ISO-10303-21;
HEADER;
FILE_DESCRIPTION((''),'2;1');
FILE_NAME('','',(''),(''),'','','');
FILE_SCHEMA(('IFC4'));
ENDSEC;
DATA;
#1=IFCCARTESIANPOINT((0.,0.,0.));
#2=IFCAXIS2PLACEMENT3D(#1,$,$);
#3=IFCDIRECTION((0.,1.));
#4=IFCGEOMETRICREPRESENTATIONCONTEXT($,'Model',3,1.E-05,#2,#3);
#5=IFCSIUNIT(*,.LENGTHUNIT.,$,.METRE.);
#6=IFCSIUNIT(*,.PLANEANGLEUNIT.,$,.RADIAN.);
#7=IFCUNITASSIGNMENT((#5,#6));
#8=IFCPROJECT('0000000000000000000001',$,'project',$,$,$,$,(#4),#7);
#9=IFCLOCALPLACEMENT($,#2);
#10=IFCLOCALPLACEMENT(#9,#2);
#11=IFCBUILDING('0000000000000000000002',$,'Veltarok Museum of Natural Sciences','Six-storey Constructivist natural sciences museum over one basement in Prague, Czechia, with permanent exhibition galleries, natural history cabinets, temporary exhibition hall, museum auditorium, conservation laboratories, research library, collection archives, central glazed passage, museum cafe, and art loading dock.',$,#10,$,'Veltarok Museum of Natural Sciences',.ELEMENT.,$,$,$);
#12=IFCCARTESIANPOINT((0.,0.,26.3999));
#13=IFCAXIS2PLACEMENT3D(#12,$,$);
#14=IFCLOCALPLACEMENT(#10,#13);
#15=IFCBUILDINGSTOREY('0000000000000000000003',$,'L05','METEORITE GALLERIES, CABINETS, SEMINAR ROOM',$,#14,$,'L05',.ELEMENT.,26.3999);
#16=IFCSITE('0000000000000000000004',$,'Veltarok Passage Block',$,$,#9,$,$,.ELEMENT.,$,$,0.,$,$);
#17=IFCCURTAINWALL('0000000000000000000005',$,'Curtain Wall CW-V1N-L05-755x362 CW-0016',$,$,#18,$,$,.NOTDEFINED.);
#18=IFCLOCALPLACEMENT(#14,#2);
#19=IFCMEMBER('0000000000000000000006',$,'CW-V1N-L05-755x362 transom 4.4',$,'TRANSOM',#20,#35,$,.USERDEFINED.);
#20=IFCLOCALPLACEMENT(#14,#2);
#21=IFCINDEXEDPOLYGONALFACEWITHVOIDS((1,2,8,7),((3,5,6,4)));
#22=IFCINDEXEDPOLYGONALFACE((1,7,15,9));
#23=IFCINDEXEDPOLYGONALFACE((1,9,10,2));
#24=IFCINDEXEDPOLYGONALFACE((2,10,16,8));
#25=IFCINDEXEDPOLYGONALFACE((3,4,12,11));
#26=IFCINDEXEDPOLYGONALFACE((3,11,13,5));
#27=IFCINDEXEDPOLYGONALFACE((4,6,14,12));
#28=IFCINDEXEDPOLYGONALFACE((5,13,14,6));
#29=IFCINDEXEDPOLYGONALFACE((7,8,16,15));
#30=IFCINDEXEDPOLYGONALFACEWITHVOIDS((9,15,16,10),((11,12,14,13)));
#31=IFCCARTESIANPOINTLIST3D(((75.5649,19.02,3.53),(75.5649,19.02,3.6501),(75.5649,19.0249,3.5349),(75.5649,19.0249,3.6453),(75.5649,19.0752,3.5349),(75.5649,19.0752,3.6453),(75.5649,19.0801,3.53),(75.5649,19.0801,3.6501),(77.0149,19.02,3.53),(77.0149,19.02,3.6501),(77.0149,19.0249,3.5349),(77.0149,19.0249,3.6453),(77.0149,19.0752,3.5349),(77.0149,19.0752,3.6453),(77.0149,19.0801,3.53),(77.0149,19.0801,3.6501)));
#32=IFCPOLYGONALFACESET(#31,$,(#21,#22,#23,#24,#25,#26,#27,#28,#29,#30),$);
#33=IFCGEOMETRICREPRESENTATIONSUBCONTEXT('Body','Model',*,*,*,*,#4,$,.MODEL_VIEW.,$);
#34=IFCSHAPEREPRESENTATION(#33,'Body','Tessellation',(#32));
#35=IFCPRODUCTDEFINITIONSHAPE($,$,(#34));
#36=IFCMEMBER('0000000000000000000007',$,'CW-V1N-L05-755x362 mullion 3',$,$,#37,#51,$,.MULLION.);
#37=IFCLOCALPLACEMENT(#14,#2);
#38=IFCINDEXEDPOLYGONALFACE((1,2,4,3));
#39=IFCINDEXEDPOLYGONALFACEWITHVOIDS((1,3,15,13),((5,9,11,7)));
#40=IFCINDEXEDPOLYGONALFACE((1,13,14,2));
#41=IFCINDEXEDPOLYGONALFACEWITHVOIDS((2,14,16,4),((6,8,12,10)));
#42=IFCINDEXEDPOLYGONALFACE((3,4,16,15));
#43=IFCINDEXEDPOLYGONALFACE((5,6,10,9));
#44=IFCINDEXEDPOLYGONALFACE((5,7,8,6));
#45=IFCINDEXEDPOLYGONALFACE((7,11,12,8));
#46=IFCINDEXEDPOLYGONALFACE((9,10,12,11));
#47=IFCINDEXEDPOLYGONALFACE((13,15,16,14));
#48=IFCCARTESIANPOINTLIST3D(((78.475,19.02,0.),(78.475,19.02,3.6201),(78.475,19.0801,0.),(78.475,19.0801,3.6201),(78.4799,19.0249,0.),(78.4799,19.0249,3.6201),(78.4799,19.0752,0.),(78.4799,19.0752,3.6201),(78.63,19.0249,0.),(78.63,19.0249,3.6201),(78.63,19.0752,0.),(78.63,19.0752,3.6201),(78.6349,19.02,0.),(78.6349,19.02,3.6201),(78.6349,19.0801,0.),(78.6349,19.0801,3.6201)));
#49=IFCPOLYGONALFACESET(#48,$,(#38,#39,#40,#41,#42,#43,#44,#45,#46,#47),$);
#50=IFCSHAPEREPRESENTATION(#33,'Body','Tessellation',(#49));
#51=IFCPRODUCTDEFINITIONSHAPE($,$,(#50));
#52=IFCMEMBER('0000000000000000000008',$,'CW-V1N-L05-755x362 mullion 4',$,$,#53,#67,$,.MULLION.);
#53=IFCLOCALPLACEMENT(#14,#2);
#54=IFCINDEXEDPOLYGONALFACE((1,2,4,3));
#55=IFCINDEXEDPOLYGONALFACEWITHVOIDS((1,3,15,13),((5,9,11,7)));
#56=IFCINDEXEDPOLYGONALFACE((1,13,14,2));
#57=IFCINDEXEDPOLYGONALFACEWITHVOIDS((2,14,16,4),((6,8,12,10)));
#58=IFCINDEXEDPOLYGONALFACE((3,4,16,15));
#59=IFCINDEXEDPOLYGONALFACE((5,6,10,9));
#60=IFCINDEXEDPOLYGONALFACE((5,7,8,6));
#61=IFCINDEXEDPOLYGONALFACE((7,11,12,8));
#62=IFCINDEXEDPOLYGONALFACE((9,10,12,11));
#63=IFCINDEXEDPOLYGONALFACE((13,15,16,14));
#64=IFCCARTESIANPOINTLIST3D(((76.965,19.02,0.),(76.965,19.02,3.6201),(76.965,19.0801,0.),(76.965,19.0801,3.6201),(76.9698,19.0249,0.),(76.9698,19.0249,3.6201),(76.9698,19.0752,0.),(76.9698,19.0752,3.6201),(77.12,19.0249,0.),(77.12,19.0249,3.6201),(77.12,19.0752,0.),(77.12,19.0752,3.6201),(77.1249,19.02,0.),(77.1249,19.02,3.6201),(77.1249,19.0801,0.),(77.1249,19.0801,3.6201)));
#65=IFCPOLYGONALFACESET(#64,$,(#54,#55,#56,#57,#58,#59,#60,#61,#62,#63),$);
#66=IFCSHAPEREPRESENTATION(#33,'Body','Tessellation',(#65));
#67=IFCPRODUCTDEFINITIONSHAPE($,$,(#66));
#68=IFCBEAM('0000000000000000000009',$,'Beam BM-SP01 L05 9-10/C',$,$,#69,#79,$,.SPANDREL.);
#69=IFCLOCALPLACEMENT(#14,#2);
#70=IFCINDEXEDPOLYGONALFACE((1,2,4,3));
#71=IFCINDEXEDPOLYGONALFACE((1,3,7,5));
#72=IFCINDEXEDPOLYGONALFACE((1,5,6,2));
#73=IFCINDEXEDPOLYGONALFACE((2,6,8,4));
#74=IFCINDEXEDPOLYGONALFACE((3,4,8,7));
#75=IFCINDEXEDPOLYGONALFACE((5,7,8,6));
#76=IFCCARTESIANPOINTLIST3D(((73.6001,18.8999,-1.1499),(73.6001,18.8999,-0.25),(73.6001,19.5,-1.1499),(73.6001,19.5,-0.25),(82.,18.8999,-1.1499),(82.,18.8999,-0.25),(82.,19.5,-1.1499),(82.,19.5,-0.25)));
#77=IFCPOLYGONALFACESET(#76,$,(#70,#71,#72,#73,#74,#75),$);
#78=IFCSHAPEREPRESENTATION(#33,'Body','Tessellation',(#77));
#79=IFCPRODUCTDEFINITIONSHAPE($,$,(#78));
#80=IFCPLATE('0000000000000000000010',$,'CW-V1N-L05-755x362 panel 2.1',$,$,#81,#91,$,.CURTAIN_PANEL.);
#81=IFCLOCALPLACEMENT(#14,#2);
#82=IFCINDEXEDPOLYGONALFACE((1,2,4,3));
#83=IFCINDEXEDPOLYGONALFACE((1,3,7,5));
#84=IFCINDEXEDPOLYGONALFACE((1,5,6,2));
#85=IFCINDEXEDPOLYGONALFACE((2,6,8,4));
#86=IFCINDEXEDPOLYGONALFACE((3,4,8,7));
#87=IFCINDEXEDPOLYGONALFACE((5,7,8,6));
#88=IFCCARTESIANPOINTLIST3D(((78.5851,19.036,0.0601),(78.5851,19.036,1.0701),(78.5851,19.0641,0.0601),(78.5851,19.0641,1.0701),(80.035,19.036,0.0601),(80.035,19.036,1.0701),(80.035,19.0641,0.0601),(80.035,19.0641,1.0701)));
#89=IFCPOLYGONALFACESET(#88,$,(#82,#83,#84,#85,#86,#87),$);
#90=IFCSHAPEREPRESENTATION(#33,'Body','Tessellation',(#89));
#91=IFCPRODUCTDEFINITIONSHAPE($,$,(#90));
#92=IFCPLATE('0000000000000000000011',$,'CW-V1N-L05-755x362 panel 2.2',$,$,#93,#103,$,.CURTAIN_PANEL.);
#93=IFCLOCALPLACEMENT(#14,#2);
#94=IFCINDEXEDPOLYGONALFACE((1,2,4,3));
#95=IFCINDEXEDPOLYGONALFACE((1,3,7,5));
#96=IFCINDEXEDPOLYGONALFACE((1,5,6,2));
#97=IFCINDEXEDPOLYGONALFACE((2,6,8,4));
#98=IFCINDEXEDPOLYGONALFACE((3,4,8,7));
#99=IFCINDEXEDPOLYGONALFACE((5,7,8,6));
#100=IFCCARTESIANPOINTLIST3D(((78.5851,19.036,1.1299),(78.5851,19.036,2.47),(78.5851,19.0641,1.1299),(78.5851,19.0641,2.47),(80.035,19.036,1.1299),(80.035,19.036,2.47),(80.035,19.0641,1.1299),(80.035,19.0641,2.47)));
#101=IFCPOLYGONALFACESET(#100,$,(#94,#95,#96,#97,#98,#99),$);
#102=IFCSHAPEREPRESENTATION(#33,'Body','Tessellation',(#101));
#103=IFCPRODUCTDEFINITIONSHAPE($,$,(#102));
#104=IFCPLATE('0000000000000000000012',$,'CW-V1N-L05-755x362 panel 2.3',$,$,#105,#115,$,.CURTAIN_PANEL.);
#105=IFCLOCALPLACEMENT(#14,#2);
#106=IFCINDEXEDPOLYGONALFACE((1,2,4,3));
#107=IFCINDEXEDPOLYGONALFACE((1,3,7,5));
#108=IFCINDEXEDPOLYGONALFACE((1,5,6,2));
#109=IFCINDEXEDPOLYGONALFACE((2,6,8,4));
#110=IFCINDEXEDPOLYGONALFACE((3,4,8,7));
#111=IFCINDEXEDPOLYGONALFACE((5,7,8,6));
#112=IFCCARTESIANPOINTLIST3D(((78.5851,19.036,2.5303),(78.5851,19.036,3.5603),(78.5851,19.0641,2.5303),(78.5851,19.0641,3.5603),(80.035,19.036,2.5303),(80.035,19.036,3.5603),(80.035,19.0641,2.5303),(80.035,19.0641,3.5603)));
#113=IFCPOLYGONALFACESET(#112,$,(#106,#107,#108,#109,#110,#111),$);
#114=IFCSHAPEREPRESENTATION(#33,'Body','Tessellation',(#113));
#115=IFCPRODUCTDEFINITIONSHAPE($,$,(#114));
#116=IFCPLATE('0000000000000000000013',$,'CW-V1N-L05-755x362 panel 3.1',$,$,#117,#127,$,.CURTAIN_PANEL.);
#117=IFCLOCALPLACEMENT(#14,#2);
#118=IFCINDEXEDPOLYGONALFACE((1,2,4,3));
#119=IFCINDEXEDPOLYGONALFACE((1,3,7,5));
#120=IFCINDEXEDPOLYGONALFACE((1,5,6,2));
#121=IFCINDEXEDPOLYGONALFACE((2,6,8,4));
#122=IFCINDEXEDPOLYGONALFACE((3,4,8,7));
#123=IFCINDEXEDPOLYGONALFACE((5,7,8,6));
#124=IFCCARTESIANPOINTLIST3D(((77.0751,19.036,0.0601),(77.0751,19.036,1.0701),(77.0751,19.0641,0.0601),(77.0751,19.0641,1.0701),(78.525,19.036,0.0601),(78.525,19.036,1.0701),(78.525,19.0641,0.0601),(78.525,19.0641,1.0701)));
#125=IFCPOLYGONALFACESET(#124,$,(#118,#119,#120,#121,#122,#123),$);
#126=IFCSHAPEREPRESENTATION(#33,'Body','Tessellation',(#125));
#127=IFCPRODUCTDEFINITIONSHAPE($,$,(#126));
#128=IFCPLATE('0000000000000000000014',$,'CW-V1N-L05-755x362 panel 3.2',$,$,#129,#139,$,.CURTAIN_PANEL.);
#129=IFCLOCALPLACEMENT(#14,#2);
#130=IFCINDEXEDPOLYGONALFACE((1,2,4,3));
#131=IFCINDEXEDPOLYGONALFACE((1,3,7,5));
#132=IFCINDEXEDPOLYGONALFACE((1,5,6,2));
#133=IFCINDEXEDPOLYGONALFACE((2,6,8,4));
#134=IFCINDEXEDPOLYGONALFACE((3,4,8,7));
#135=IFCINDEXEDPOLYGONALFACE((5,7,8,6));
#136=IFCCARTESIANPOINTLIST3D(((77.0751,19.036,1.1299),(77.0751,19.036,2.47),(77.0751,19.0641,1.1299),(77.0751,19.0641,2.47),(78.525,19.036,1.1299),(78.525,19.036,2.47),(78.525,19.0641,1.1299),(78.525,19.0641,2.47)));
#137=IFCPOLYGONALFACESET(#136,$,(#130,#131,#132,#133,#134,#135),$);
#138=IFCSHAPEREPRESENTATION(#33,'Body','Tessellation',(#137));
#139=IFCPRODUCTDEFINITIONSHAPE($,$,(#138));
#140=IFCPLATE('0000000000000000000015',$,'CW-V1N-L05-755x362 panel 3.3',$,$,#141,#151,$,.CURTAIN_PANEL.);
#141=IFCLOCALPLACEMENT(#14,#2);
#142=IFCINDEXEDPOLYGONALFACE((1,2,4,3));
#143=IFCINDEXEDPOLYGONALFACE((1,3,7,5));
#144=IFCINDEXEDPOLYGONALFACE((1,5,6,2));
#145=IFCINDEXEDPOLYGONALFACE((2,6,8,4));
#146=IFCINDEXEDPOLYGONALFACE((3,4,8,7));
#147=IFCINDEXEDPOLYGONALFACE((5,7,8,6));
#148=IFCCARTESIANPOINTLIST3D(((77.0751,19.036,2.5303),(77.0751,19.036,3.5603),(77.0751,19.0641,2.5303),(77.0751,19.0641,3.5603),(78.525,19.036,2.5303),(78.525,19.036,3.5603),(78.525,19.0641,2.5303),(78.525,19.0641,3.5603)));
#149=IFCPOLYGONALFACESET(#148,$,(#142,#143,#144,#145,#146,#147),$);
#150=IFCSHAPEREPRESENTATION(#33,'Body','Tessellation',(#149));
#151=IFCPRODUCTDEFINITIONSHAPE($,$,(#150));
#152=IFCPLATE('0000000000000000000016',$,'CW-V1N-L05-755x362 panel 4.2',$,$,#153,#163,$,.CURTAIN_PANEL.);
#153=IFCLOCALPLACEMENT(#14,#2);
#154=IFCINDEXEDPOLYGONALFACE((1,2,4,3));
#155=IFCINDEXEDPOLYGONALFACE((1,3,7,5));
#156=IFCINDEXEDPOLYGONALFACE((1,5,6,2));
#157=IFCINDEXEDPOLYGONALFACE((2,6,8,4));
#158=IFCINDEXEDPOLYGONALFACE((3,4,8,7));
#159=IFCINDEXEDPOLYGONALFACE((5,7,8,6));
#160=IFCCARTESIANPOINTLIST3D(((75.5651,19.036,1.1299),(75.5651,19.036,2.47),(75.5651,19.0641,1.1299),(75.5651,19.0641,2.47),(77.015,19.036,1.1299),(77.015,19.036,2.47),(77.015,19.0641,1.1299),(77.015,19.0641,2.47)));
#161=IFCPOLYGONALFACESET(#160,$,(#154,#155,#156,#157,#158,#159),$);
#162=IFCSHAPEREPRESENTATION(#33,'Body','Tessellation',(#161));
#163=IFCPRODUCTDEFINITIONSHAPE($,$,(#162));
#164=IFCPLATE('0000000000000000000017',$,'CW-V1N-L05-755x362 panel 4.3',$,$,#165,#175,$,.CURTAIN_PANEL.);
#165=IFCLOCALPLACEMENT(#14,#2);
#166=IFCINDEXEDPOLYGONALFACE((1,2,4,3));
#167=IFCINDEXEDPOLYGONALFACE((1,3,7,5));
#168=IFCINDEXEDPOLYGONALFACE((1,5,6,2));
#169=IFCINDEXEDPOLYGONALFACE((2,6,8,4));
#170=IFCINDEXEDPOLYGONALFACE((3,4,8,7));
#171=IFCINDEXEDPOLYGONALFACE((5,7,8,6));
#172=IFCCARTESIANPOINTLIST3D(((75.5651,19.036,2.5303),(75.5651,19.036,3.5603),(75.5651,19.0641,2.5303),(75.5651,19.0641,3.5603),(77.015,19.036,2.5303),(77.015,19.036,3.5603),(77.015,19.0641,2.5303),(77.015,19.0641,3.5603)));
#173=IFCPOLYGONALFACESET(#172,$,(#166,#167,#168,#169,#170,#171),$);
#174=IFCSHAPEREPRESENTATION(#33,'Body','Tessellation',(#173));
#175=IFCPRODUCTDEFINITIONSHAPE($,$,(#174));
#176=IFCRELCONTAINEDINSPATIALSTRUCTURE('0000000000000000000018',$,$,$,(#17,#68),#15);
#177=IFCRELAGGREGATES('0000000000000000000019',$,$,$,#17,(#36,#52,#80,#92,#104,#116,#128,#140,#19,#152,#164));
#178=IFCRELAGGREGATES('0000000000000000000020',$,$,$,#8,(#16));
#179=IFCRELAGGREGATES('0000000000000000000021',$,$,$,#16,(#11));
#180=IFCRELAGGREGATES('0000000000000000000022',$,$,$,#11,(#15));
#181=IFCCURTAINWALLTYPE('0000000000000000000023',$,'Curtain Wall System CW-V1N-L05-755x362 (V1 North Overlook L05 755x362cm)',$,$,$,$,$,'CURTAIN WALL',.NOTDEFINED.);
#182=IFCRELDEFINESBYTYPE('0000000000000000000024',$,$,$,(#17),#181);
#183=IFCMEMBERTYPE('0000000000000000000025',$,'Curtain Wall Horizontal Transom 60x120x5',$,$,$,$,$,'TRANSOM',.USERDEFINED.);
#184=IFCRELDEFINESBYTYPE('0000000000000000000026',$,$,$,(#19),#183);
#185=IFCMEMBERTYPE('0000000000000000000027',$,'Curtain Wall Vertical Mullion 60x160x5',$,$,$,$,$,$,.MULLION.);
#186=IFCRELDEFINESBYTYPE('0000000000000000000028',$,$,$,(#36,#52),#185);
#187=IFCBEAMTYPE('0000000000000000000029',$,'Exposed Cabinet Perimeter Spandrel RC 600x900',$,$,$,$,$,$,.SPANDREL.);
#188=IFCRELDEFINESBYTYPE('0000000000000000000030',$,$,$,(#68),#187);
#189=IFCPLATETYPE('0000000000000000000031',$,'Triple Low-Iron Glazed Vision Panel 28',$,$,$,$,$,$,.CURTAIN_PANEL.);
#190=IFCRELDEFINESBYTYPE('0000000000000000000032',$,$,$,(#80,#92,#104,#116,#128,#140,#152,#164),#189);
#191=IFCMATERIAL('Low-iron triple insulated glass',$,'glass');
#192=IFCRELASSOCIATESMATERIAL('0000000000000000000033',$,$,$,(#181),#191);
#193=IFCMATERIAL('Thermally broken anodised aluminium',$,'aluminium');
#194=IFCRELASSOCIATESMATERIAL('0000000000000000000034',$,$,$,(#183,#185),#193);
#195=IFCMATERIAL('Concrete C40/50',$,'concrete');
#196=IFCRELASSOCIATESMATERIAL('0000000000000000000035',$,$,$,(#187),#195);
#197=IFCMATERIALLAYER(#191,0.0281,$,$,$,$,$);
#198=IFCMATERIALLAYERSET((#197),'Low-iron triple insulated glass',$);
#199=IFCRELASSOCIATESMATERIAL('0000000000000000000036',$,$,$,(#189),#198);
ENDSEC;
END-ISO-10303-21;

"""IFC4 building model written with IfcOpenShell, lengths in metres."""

from ifc_helpers import new_model, si_unit, direction, frame, origin, origin_2d, place, context, subcontext, project, spatial, rectangle, hollow_rectangle, extrude, material, layer, layer_set, material_profile, profile_set, type_object, element, aggregate, save


model = new_model("IFC4")

# Units and contexts
model_context = context("Model", 3, precision=1e-05, world=origin(), true_north=direction((0.0, 1.0)))
body_context = subcontext(model_context, "Body", "Model", "MODEL_VIEW")
ifc_project = project(units=[si_unit("LENGTHUNIT", "METRE"), si_unit("PLANEANGLEUNIT", "RADIAN")], contexts=[model_context])

# Site, building, storey
site_placement = place(None, origin())
site = spatial("IfcSite", under=ifc_project, at=site_placement, Name="Veltarok Passage Block", CompositionType="ELEMENT", RefElevation=0.0)
building_placement = place(site_placement, origin())
building = spatial("IfcBuilding", under=site, at=building_placement, Name="Veltarok Museum of Natural Sciences", Description="Six-storey Constructivist natural sciences museum over one basement in Prague, Czechia, with permanent exhibition galleries, natural history cabinets, temporary exhibition hall, museum auditorium, conservation laboratories, research library, collection archives, central glazed passage, museum cafe, and art loading dock.", LongName="Veltarok Museum of Natural Sciences", CompositionType="ELEMENT")
storey_placement = place(building_placement, frame((0.0, 0.0, 26.3999)))
storey = spatial("IfcBuildingStorey", under=building, at=storey_placement, Name="L05", Description="METEORITE GALLERIES, CABINETS, SEMINAR ROOM", LongName="L05", CompositionType="ELEMENT", Elevation=26.3999)

# Shared definitions
ifc_material_1 = material(Name="Concrete C40/50", Category="concrete")

# Curtain wall, members
ifc_material_2 = material(Name="Low-iron triple insulated glass", Category="glass")
curtain_wall_type = type_object("IfcCurtainWallType", Name="Curtain Wall System CW-V1N-L05-755x362 (V1 North Overlook L05 755x362cm)", ElementType="CURTAIN WALL", PredefinedType="NOTDEFINED", material=ifc_material_2)
curtain_wall_placement = place(storey_placement, origin())
curtain_wall = element("IfcCurtainWall", 1, at=curtain_wall_placement, inside=storey, type_object=curtain_wall_type, Name="Curtain Wall CW-V1N-L05-755x362 CW-0016", PredefinedType="NOTDEFINED")
ifc_material_3 = material(Name="Thermally broken anodised aluminium", Category="aluminium")
ifc_material_profile_1 = material_profile(ifc_material_3, hollow_rectangle(XDim=0.0601, YDim=0.1201, WallThickness=0.0049, at=origin_2d()), Name="CW TRANSOM 60x120x5")
ifc_profile_set_1 = profile_set([ifc_material_profile_1], Name="Thermally broken anodised aluminium")
member_type_1 = type_object("IfcMemberType", Name="Curtain Wall Horizontal Transom 60x120x5", ElementType="TRANSOM", PredefinedType="USERDEFINED", material=ifc_profile_set_1)
member_1_placement = place(storey_placement, frame((77.0149, 19.05, 3.5901), z_axis=(-1.0, 0.0, 0.0), x_axis=(0.0, -1.0, 0.0)))
member_1 = element("IfcMember", 2, at=member_1_placement, type_object=member_type_1, Name="CW-V1N-L05-755x362 transom 4.4", ObjectType="TRANSOM", PredefinedType="USERDEFINED", context=body_context, shape_type="SweptSolid", body=[
    extrude(hollow_rectangle(XDim=0.0601, YDim=0.1201, WallThickness=0.0049, at=origin_2d()), origin(), (0.0, 0.0, 1.0), 1.45),
])
ifc_material_profile_2 = material_profile(ifc_material_3, hollow_rectangle(XDim=0.0601, YDim=0.1599, WallThickness=0.0049, at=origin_2d()), Name="CW MULLION 60x160x5")
ifc_profile_set_2 = profile_set([ifc_material_profile_2], Name="Thermally broken anodised aluminium")
member_type_2 = type_object("IfcMemberType", Name="Curtain Wall Vertical Mullion 60x160x5", PredefinedType="MULLION", material=ifc_profile_set_2)
member_2_placement = place(storey_placement, frame((78.5549, 19.05, 0.0), z_axis=(0.0, 0.0, 1.0), x_axis=(0.0, -1.0, 0.0)))
member_2 = element("IfcMember", 3, at=member_2_placement, type_object=member_type_2, Name="CW-V1N-L05-755x362 mullion 3", PredefinedType="MULLION", context=body_context, shape_type="SweptSolid", body=[
    extrude(hollow_rectangle(XDim=0.0601, YDim=0.1599, WallThickness=0.0049, at=origin_2d()), origin(), (0.0, 0.0, 1.0), 3.6201),
])
member_3_placement = place(storey_placement, frame((77.0449, 19.05, 0.0), z_axis=(0.0, 0.0, 1.0), x_axis=(0.0, -1.0, 0.0)))
member_3 = element("IfcMember", 4, at=member_3_placement, type_object=member_type_2, Name="CW-V1N-L05-755x362 mullion 4", PredefinedType="MULLION", context=body_context, shape_type="SweptSolid", body=[
    extrude(hollow_rectangle(XDim=0.0601, YDim=0.1599, WallThickness=0.0049, at=origin_2d()), origin(), (0.0, 0.0, 1.0), 3.6201),
])

# Beam
ifc_material_profile_3 = material_profile(ifc_material_1, rectangle(XDim=0.6001, YDim=0.8999, at=origin_2d()), Name="RC 600x900")
ifc_profile_set_3 = profile_set([ifc_material_profile_3], Name="Concrete C40/50")
beam_type = type_object("IfcBeamType", Name="Exposed Cabinet Perimeter Spandrel RC 600x900", PredefinedType="SPANDREL", material=ifc_profile_set_3)
beam_placement = place(storey_placement, frame((73.6001, 19.2, -0.7), z_axis=(1.0, 0.0, 0.0), x_axis=(0.0, 1.0, 0.0)))
element("IfcBeam", 5, at=beam_placement, inside=storey, type_object=beam_type, Name="Beam BM-SP01 L05 9-10/C", PredefinedType="SPANDREL", context=body_context, shape_type="SweptSolid", body=[
    extrude(rectangle(XDim=0.6001, YDim=0.8999, at=origin_2d()), origin(), (0.0, 0.0, 1.0), 8.3999),
])

# Plates
ifc_layer = layer(ifc_material_2, 0.0281)
ifc_layer_set = layer_set([ifc_layer], Name="Low-iron triple insulated glass")
plate_type = type_object("IfcPlateType", Name="Triple Low-Iron Glazed Vision Panel 28", PredefinedType="CURTAIN_PANEL", material=ifc_layer_set)
plate_1_placement = place(storey_placement, frame((79.3101, 19.05, 0.0601), z_axis=(0.0, 0.0, 1.0), x_axis=(-1.0, 0.0, 0.0)))
plate_1 = element("IfcPlate", 6, at=plate_1_placement, type_object=plate_type, Name="CW-V1N-L05-755x362 panel 2.1", PredefinedType="CURTAIN_PANEL", context=body_context, shape_type="SweptSolid", body=[
    extrude(rectangle(XDim=1.45, YDim=0.0281, at=origin_2d()), origin(), (0.0, 0.0, 1.0), 1.01),
])
plate_2_placement = place(storey_placement, frame((79.3101, 19.05, 1.1299), z_axis=(0.0, 0.0, 1.0), x_axis=(-1.0, 0.0, 0.0)))
plate_2 = element("IfcPlate", 7, at=plate_2_placement, type_object=plate_type, Name="CW-V1N-L05-755x362 panel 2.2", PredefinedType="CURTAIN_PANEL", context=body_context, shape_type="SweptSolid", body=[
    extrude(rectangle(XDim=1.45, YDim=0.0281, at=origin_2d()), origin(), (0.0, 0.0, 1.0), 1.3401),
])
plate_3_placement = place(storey_placement, frame((79.3101, 19.05, 2.5303), z_axis=(0.0, 0.0, 1.0), x_axis=(-1.0, 0.0, 0.0)))
plate_3 = element("IfcPlate", 8, at=plate_3_placement, type_object=plate_type, Name="CW-V1N-L05-755x362 panel 2.3", PredefinedType="CURTAIN_PANEL", context=body_context, shape_type="SweptSolid", body=[
    extrude(rectangle(XDim=1.45, YDim=0.0281, at=origin_2d()), origin(), (0.0, 0.0, 1.0), 1.03),
])
plate_4_placement = place(storey_placement, frame((77.8, 19.05, 0.0601), z_axis=(0.0, 0.0, 1.0), x_axis=(-1.0, 0.0, 0.0)))
plate_4 = element("IfcPlate", 9, at=plate_4_placement, type_object=plate_type, Name="CW-V1N-L05-755x362 panel 3.1", PredefinedType="CURTAIN_PANEL", context=body_context, shape_type="SweptSolid", body=[
    extrude(rectangle(XDim=1.45, YDim=0.0281, at=origin_2d()), origin(), (0.0, 0.0, 1.0), 1.01),
])
plate_5_placement = place(storey_placement, frame((77.8, 19.05, 1.1299), z_axis=(0.0, 0.0, 1.0), x_axis=(-1.0, 0.0, 0.0)))
plate_5 = element("IfcPlate", 10, at=plate_5_placement, type_object=plate_type, Name="CW-V1N-L05-755x362 panel 3.2", PredefinedType="CURTAIN_PANEL", context=body_context, shape_type="SweptSolid", body=[
    extrude(rectangle(XDim=1.45, YDim=0.0281, at=origin_2d()), origin(), (0.0, 0.0, 1.0), 1.3401),
])
plate_6_placement = place(storey_placement, frame((77.8, 19.05, 2.5303), z_axis=(0.0, 0.0, 1.0), x_axis=(-1.0, 0.0, 0.0)))
plate_6 = element("IfcPlate", 11, at=plate_6_placement, type_object=plate_type, Name="CW-V1N-L05-755x362 panel 3.3", PredefinedType="CURTAIN_PANEL", context=body_context, shape_type="SweptSolid", body=[
    extrude(rectangle(XDim=1.45, YDim=0.0281, at=origin_2d()), origin(), (0.0, 0.0, 1.0), 1.03),
])
plate_7_placement = place(storey_placement, frame((76.29, 19.05, 1.1299), z_axis=(0.0, 0.0, 1.0), x_axis=(-1.0, 0.0, 0.0)))
plate_7 = element("IfcPlate", 12, at=plate_7_placement, type_object=plate_type, Name="CW-V1N-L05-755x362 panel 4.2", PredefinedType="CURTAIN_PANEL", context=body_context, shape_type="SweptSolid", body=[
    extrude(rectangle(XDim=1.45, YDim=0.0281, at=origin_2d()), origin(), (0.0, 0.0, 1.0), 1.3401),
])
plate_8_placement = place(storey_placement, frame((76.29, 19.05, 2.5303), z_axis=(0.0, 0.0, 1.0), x_axis=(-1.0, 0.0, 0.0)))
plate_8 = element("IfcPlate", 13, at=plate_8_placement, type_object=plate_type, Name="CW-V1N-L05-755x362 panel 4.3", PredefinedType="CURTAIN_PANEL", context=body_context, shape_type="SweptSolid", body=[
    extrude(rectangle(XDim=1.45, YDim=0.0281, at=origin_2d()), origin(), (0.0, 0.0, 1.0), 1.03),
])
aggregate(curtain_wall, [member_2, member_3, plate_1, plate_2, plate_3, plate_4, plate_5, plate_6, member_1, plate_7, plate_8])

save(model, "model.ifc")
